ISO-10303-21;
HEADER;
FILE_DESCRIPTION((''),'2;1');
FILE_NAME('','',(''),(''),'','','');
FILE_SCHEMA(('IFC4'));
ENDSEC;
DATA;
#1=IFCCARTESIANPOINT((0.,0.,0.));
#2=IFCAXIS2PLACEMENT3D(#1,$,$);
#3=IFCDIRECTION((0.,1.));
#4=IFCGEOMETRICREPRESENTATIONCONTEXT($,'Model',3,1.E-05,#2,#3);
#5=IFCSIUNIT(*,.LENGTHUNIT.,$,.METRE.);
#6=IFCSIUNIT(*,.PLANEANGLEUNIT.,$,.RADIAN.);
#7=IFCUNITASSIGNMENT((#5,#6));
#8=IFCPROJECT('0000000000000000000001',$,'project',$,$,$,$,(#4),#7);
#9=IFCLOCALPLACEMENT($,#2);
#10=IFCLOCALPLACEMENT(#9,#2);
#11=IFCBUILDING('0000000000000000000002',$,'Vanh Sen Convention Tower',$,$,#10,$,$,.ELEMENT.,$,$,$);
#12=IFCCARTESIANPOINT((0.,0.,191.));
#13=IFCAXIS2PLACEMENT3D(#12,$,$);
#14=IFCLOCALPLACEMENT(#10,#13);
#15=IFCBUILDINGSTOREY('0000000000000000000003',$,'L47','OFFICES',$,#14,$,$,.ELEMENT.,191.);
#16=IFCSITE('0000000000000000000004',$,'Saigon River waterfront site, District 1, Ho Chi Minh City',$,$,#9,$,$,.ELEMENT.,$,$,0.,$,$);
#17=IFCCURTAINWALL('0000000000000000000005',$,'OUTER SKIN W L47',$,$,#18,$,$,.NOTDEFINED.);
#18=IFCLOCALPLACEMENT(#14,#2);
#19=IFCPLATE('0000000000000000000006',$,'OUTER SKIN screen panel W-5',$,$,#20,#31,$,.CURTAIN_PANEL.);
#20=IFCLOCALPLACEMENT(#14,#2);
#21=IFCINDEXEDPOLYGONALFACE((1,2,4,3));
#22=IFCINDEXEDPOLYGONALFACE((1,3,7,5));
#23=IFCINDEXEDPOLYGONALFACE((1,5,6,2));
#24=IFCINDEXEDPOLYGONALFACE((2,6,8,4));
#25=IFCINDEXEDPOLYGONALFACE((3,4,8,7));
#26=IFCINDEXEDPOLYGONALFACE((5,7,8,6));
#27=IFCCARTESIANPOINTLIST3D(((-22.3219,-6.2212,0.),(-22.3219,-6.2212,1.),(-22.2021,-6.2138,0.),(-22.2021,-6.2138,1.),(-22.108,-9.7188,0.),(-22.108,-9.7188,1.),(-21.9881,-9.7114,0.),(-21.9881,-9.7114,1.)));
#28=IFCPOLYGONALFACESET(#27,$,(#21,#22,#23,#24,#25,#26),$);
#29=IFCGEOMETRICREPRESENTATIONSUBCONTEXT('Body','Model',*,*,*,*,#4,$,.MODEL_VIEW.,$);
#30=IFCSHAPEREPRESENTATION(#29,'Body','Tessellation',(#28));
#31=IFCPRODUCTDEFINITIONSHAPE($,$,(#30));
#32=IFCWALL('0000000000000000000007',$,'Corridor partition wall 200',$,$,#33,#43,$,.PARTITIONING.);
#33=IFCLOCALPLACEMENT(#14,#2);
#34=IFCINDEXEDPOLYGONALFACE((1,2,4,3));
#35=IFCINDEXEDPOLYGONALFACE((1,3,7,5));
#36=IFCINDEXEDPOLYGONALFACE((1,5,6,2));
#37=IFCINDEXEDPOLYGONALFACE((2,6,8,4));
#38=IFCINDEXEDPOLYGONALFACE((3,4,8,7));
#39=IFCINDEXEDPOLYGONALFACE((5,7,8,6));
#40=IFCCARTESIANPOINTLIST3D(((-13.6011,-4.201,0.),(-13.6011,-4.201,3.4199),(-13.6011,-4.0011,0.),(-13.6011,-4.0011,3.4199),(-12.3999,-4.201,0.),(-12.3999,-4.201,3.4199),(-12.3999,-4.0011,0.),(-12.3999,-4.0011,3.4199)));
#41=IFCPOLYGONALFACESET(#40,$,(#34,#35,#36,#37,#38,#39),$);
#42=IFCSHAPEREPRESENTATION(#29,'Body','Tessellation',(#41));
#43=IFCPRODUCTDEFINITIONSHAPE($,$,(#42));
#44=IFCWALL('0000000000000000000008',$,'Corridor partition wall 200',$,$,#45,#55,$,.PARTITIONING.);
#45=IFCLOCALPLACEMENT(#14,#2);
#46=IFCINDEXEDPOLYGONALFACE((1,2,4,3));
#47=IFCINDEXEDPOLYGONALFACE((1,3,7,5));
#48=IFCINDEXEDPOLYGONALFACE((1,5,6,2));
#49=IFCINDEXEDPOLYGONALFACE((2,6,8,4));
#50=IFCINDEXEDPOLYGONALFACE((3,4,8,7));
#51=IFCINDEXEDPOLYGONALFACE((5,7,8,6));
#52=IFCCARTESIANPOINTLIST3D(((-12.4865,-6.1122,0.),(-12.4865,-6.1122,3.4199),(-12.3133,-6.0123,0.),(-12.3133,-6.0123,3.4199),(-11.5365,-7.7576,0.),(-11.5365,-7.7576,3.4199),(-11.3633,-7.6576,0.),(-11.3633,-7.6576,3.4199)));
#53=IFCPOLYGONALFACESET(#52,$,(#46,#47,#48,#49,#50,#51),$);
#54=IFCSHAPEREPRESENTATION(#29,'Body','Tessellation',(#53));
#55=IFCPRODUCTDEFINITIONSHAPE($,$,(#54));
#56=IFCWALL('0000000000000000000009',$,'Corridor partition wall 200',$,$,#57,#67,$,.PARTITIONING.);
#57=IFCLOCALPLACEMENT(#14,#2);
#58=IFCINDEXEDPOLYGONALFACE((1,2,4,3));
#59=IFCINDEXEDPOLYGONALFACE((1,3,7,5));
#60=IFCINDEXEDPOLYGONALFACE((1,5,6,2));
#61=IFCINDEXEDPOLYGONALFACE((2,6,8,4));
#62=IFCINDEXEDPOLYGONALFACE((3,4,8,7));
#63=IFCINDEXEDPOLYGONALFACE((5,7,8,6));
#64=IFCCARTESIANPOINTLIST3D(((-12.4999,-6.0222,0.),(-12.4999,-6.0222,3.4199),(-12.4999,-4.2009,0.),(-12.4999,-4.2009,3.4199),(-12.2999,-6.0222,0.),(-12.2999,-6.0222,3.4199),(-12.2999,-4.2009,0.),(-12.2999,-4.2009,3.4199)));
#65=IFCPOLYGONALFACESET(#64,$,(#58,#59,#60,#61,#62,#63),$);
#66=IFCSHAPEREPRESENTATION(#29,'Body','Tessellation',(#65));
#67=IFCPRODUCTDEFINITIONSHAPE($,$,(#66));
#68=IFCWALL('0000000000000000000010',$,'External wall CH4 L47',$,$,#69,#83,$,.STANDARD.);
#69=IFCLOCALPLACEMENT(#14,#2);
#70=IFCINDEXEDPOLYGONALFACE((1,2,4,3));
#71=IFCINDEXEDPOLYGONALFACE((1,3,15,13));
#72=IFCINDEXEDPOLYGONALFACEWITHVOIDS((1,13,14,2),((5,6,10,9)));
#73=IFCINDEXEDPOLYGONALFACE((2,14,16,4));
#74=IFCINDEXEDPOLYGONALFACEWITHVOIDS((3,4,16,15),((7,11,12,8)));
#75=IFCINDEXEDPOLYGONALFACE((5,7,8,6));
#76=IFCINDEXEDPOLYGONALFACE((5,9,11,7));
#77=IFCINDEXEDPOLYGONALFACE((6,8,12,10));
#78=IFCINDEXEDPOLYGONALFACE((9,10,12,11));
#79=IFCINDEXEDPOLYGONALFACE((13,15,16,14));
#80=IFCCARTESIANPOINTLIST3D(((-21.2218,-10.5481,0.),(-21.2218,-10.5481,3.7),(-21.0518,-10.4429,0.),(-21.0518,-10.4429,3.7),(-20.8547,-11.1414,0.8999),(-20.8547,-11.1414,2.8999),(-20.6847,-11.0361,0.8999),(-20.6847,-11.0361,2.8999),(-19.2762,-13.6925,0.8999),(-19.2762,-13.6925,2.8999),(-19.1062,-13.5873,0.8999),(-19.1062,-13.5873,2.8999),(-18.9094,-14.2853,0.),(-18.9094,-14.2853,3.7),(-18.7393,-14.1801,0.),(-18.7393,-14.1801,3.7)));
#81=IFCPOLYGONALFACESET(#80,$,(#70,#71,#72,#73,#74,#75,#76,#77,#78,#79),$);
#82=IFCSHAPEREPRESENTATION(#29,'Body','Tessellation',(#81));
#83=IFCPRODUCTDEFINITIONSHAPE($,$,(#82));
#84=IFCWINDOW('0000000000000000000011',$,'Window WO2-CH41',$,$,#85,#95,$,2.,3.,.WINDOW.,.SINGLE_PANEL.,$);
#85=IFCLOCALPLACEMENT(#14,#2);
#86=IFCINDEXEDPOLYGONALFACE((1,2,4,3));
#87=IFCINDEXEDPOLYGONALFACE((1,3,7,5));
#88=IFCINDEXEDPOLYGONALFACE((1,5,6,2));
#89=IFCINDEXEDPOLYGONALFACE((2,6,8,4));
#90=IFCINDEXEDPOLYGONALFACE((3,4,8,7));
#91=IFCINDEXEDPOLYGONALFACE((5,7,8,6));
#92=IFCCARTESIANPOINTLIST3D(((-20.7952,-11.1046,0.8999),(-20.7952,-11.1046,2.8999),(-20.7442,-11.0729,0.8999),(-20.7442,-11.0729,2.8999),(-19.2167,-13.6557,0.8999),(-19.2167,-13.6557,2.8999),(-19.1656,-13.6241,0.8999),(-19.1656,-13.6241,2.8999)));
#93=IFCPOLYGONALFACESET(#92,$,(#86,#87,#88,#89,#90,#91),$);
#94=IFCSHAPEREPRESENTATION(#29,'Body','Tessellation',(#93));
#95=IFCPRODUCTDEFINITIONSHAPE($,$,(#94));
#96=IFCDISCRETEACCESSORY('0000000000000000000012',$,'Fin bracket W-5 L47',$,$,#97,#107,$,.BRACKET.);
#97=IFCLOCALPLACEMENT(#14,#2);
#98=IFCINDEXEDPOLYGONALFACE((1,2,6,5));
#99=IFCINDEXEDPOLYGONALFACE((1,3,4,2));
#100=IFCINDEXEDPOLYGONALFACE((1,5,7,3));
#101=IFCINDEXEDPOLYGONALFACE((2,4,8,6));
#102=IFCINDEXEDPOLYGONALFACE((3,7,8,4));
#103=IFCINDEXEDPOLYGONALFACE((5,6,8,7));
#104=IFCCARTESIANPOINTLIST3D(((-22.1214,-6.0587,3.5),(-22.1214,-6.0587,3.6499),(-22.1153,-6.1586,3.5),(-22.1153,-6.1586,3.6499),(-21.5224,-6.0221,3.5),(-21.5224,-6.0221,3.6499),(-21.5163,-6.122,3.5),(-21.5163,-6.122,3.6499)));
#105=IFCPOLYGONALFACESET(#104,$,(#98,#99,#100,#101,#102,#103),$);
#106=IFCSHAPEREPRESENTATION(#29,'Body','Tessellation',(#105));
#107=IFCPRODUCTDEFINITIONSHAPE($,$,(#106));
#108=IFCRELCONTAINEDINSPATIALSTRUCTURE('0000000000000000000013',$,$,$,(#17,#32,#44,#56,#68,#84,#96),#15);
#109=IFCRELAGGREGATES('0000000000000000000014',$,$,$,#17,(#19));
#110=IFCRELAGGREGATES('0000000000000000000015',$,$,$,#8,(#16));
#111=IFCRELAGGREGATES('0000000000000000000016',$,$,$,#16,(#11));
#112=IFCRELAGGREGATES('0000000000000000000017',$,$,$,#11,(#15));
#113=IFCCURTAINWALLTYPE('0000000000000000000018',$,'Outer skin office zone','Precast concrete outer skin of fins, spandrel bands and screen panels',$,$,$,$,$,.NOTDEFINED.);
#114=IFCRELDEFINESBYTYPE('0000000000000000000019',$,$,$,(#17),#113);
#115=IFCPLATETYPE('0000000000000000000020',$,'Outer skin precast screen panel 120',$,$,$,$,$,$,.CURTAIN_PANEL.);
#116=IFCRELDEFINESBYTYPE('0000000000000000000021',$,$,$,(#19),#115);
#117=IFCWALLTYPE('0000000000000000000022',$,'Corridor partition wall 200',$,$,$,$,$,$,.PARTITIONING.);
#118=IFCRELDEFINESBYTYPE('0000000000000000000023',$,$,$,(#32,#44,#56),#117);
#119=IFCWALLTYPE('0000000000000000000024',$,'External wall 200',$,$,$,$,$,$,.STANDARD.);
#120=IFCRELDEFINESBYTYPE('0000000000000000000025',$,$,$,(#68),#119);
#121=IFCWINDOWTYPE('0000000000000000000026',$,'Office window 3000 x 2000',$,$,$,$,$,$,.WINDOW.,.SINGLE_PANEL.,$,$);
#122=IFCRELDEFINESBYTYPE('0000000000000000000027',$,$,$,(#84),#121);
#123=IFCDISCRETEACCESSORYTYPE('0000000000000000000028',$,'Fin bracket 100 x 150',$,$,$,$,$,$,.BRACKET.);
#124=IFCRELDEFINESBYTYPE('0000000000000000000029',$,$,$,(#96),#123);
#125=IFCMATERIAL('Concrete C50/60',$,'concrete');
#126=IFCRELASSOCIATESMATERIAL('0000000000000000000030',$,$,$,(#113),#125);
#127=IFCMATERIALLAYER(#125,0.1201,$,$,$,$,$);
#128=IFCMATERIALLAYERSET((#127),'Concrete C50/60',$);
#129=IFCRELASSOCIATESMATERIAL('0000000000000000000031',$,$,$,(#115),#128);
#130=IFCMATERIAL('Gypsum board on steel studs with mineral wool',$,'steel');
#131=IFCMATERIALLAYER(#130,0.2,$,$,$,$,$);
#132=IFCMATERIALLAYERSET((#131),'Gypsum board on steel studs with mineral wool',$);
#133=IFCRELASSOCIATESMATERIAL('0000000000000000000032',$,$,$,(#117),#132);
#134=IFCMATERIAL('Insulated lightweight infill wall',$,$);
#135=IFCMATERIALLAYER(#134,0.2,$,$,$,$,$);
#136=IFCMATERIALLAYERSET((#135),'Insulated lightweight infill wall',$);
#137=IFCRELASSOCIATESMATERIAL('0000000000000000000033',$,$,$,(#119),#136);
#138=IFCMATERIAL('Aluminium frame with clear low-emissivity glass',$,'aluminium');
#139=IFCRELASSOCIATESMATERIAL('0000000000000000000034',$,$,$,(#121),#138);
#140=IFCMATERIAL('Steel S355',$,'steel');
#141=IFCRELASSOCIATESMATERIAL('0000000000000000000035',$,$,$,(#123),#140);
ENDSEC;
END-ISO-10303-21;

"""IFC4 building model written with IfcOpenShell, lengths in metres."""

from ifc_helpers import new_model, si_unit, direction, frame, frame_2d, origin, origin_2d, place, context, subcontext, project, spatial, rectangle, extrude, material, layer, layer_set, type_object, element, fill, aggregate, save


model = new_model("IFC4")

# Units and contexts
model_context = context("Model", 3, precision=1e-05, world=origin(), true_north=direction((0.0, 1.0)))
body_context = subcontext(model_context, "Body", "Model", "MODEL_VIEW")
ifc_project = project(units=[si_unit("LENGTHUNIT", "METRE"), si_unit("PLANEANGLEUNIT", "RADIAN")], contexts=[model_context])

# Site, building, storey
site_placement = place(None, origin())
site = spatial("IfcSite", under=ifc_project, at=site_placement, Name="Saigon River waterfront site, District 1, Ho Chi Minh City", CompositionType="ELEMENT", RefElevation=0.0)
building_placement = place(site_placement, origin())
building = spatial("IfcBuilding", under=site, at=building_placement, Name="Vanh Sen Convention Tower", CompositionType="ELEMENT")
storey_placement = place(building_placement, frame((0.0, 0.0, 191.0)))
storey = spatial("IfcBuildingStorey", under=building, at=storey_placement, Name="L47", Description="OFFICES", CompositionType="ELEMENT", Elevation=191.0)

# Curtain wall
ifc_material_1 = material(Name="Concrete C50/60", Category="concrete")
curtain_wall_type = type_object("IfcCurtainWallType", Name="Outer skin office zone", Description="Precast concrete outer skin of fins, spandrel bands and screen panels", PredefinedType="NOTDEFINED", material=ifc_material_1)
curtain_wall_1_placement = place(storey_placement, origin())
curtain_wall_1 = element("IfcCurtainWall", 1, at=curtain_wall_1_placement, inside=storey, type_object=curtain_wall_type, Name="OUTER SKIN W L47", PredefinedType="NOTDEFINED")

# Plate
ifc_layer_1 = layer(ifc_material_1, 0.1201)
ifc_layer_set_1 = layer_set([ifc_layer_1], Name="Concrete C50/60")
plate_type = type_object("IfcPlateType", Name="Outer skin precast screen panel 120", PredefinedType="CURTAIN_PANEL", material=ifc_layer_set_1)
plate_1_placement = place(storey_placement, frame((-22.155, -7.9663, 0.0), z_axis=(0.0, 0.0, 1.0), x_axis=(0.061054, -0.998134, 0.0)))
plate_1 = element("IfcPlate", 2, at=plate_1_placement, type_object=plate_type, Name="OUTER SKIN screen panel W-5", PredefinedType="CURTAIN_PANEL", context=body_context, shape_type="SweptSolid", body=[
    extrude(rectangle(XDim=3.5042, YDim=0.1201, at=origin_2d()), origin(), (0.0, 0.0, 1.0), 1.0),
])
aggregate(curtain_wall_1, [plate_1])

# Walls
ifc_material_2 = material(Name="Gypsum board on steel studs with mineral wool", Category="steel")
ifc_layer_2 = layer(ifc_material_2, 0.2)
ifc_layer_set_2 = layer_set([ifc_layer_2], Name="Gypsum board on steel studs with mineral wool")
wall_type_1 = type_object("IfcWallType", Name="Corridor partition wall 200", PredefinedType="PARTITIONING", material=ifc_layer_set_2)
wall_1_placement = place(storey_placement, frame((-13.6011, -4.1011, 0.0), z_axis=(0.0, 0.0, 1.0), x_axis=(1.0, 0.0, 0.0)))
element("IfcWall", 3, at=wall_1_placement, inside=storey, type_object=wall_type_1, Name="Corridor partition wall 200", PredefinedType="PARTITIONING", context=body_context, shape_type="SweptSolid", body=[
    extrude(rectangle(XDim=1.2012, YDim=0.2, at=frame_2d((0.6006, 0.0))), origin(), (0.0, 0.0, 1.0), 3.4199),
])
wall_2_placement = place(storey_placement, frame((-12.3999, -6.0623, 0.0), z_axis=(0.0, 0.0, 1.0), x_axis=(0.500023, -0.866012, 0.0)))
element("IfcWall", 4, at=wall_2_placement, inside=storey, type_object=wall_type_1, Name="Corridor partition wall 200", PredefinedType="PARTITIONING", context=body_context, shape_type="SweptSolid", body=[
    extrude(rectangle(XDim=1.8999, YDim=0.2, at=frame_2d((0.95, 0.0))), origin(), (0.0, 0.0, 1.0), 3.4199),
])
wall_3_placement = place(storey_placement, frame((-12.3999, -4.2009, 0.0), z_axis=(0.0, 0.0, 1.0), x_axis=(0.0, -1.0, 0.0)))
element("IfcWall", 5, at=wall_3_placement, inside=storey, type_object=wall_type_1, Name="Corridor partition wall 200", PredefinedType="PARTITIONING", context=body_context, shape_type="SweptSolid", body=[
    extrude(rectangle(XDim=1.8213, YDim=0.2, at=frame_2d((0.9106, 0.0))), origin(), (0.0, 0.0, 1.0), 3.4199),
])

# Wall, opening, window
ifc_material_3 = material(Name="Insulated lightweight infill wall")
ifc_layer_3 = layer(ifc_material_3, 0.2)
ifc_layer_set_3 = layer_set([ifc_layer_3], Name="Insulated lightweight infill wall")
wall_type_2 = type_object("IfcWallType", Name="External wall 200", PredefinedType="STANDARD", material=ifc_layer_set_3)
wall_4_placement = place(storey_placement, frame((-21.1367, -10.4956, 0.0), z_axis=(0.0, 0.0, 1.0), x_axis=(0.526179, -0.850374, 0.0)))
wall_4 = element("IfcWall", 6, at=wall_4_placement, inside=storey, type_object=wall_type_2, Name="External wall CH4 L47", PredefinedType="STANDARD", context=body_context, shape_type="SweptSolid", body=[
    extrude(rectangle(XDim=4.3948, YDim=0.2, at=frame_2d((2.1973, 0.0))), origin(), (0.0, 0.0, 1.0), 3.7),
])
opening_placement = place(wall_4_placement, frame((0.6975, 0.0, 0.8999)))
opening = element("IfcOpeningElement", 7, at=opening_placement, cuts=wall_4, PredefinedType="OPENING", context=body_context, shape_type="SweptSolid", body=[
    extrude(rectangle(XDim=3.0, YDim=2.0, at=frame_2d((1.5, 1.0))), frame((0.0, 0.1099, 0.0), z_axis=(0.0, -1.0, 0.0), x_axis=(1.0, 0.0, 0.0)), (0.0, 0.0, 1.0), 0.22),
])
ifc_material_4 = material(Name="Aluminium frame with clear low-emissivity glass", Category="aluminium")
window_type = type_object("IfcWindowType", Name="Office window 3000 x 2000", PartitioningType="SINGLE_PANEL", PredefinedType="WINDOW", material=ifc_material_4)
window_placement = place(opening_placement, origin())
window = element("IfcWindow", 8, at=window_placement, inside=storey, type_object=window_type, Name="Window WO2-CH41", OverallHeight=2.0, OverallWidth=3.0, PartitioningType="SINGLE_PANEL", PredefinedType="WINDOW", context=body_context, shape_type="SweptSolid", body=[
    extrude(rectangle(XDim=3.0, YDim=2.0, at=frame_2d((1.5, 1.0))), frame((0.0, 0.03, 0.0), z_axis=(0.0, -1.0, 0.0), x_axis=(1.0, 0.0, 0.0)), (0.0, 0.0, 1.0), 0.0601),
])
fill(opening, window)

# Discrete accessory
ifc_material_5 = material(Name="Steel S355", Category="steel")
discrete_accessory_type = type_object("IfcDiscreteAccessoryType", Name="Fin bracket 100 x 150", PredefinedType="BRACKET", material=ifc_material_5)
discrete_accessory_placement = place(storey_placement, frame((-21.8188, -6.0903, 3.5), z_axis=(0.0, 0.0, 1.0), x_axis=(-0.998135, -0.061049, 0.0)))
element("IfcDiscreteAccessory", 9, at=discrete_accessory_placement, inside=storey, type_object=discrete_accessory_type, Name="Fin bracket W-5 L47", PredefinedType="BRACKET", context=body_context, shape_type="SweptSolid", body=[
    extrude(rectangle(XDim=0.6001, YDim=0.1001, at=origin_2d()), origin(), (0.0, 0.0, 1.0), 0.1499),
])

save(model, "model.ifc")
